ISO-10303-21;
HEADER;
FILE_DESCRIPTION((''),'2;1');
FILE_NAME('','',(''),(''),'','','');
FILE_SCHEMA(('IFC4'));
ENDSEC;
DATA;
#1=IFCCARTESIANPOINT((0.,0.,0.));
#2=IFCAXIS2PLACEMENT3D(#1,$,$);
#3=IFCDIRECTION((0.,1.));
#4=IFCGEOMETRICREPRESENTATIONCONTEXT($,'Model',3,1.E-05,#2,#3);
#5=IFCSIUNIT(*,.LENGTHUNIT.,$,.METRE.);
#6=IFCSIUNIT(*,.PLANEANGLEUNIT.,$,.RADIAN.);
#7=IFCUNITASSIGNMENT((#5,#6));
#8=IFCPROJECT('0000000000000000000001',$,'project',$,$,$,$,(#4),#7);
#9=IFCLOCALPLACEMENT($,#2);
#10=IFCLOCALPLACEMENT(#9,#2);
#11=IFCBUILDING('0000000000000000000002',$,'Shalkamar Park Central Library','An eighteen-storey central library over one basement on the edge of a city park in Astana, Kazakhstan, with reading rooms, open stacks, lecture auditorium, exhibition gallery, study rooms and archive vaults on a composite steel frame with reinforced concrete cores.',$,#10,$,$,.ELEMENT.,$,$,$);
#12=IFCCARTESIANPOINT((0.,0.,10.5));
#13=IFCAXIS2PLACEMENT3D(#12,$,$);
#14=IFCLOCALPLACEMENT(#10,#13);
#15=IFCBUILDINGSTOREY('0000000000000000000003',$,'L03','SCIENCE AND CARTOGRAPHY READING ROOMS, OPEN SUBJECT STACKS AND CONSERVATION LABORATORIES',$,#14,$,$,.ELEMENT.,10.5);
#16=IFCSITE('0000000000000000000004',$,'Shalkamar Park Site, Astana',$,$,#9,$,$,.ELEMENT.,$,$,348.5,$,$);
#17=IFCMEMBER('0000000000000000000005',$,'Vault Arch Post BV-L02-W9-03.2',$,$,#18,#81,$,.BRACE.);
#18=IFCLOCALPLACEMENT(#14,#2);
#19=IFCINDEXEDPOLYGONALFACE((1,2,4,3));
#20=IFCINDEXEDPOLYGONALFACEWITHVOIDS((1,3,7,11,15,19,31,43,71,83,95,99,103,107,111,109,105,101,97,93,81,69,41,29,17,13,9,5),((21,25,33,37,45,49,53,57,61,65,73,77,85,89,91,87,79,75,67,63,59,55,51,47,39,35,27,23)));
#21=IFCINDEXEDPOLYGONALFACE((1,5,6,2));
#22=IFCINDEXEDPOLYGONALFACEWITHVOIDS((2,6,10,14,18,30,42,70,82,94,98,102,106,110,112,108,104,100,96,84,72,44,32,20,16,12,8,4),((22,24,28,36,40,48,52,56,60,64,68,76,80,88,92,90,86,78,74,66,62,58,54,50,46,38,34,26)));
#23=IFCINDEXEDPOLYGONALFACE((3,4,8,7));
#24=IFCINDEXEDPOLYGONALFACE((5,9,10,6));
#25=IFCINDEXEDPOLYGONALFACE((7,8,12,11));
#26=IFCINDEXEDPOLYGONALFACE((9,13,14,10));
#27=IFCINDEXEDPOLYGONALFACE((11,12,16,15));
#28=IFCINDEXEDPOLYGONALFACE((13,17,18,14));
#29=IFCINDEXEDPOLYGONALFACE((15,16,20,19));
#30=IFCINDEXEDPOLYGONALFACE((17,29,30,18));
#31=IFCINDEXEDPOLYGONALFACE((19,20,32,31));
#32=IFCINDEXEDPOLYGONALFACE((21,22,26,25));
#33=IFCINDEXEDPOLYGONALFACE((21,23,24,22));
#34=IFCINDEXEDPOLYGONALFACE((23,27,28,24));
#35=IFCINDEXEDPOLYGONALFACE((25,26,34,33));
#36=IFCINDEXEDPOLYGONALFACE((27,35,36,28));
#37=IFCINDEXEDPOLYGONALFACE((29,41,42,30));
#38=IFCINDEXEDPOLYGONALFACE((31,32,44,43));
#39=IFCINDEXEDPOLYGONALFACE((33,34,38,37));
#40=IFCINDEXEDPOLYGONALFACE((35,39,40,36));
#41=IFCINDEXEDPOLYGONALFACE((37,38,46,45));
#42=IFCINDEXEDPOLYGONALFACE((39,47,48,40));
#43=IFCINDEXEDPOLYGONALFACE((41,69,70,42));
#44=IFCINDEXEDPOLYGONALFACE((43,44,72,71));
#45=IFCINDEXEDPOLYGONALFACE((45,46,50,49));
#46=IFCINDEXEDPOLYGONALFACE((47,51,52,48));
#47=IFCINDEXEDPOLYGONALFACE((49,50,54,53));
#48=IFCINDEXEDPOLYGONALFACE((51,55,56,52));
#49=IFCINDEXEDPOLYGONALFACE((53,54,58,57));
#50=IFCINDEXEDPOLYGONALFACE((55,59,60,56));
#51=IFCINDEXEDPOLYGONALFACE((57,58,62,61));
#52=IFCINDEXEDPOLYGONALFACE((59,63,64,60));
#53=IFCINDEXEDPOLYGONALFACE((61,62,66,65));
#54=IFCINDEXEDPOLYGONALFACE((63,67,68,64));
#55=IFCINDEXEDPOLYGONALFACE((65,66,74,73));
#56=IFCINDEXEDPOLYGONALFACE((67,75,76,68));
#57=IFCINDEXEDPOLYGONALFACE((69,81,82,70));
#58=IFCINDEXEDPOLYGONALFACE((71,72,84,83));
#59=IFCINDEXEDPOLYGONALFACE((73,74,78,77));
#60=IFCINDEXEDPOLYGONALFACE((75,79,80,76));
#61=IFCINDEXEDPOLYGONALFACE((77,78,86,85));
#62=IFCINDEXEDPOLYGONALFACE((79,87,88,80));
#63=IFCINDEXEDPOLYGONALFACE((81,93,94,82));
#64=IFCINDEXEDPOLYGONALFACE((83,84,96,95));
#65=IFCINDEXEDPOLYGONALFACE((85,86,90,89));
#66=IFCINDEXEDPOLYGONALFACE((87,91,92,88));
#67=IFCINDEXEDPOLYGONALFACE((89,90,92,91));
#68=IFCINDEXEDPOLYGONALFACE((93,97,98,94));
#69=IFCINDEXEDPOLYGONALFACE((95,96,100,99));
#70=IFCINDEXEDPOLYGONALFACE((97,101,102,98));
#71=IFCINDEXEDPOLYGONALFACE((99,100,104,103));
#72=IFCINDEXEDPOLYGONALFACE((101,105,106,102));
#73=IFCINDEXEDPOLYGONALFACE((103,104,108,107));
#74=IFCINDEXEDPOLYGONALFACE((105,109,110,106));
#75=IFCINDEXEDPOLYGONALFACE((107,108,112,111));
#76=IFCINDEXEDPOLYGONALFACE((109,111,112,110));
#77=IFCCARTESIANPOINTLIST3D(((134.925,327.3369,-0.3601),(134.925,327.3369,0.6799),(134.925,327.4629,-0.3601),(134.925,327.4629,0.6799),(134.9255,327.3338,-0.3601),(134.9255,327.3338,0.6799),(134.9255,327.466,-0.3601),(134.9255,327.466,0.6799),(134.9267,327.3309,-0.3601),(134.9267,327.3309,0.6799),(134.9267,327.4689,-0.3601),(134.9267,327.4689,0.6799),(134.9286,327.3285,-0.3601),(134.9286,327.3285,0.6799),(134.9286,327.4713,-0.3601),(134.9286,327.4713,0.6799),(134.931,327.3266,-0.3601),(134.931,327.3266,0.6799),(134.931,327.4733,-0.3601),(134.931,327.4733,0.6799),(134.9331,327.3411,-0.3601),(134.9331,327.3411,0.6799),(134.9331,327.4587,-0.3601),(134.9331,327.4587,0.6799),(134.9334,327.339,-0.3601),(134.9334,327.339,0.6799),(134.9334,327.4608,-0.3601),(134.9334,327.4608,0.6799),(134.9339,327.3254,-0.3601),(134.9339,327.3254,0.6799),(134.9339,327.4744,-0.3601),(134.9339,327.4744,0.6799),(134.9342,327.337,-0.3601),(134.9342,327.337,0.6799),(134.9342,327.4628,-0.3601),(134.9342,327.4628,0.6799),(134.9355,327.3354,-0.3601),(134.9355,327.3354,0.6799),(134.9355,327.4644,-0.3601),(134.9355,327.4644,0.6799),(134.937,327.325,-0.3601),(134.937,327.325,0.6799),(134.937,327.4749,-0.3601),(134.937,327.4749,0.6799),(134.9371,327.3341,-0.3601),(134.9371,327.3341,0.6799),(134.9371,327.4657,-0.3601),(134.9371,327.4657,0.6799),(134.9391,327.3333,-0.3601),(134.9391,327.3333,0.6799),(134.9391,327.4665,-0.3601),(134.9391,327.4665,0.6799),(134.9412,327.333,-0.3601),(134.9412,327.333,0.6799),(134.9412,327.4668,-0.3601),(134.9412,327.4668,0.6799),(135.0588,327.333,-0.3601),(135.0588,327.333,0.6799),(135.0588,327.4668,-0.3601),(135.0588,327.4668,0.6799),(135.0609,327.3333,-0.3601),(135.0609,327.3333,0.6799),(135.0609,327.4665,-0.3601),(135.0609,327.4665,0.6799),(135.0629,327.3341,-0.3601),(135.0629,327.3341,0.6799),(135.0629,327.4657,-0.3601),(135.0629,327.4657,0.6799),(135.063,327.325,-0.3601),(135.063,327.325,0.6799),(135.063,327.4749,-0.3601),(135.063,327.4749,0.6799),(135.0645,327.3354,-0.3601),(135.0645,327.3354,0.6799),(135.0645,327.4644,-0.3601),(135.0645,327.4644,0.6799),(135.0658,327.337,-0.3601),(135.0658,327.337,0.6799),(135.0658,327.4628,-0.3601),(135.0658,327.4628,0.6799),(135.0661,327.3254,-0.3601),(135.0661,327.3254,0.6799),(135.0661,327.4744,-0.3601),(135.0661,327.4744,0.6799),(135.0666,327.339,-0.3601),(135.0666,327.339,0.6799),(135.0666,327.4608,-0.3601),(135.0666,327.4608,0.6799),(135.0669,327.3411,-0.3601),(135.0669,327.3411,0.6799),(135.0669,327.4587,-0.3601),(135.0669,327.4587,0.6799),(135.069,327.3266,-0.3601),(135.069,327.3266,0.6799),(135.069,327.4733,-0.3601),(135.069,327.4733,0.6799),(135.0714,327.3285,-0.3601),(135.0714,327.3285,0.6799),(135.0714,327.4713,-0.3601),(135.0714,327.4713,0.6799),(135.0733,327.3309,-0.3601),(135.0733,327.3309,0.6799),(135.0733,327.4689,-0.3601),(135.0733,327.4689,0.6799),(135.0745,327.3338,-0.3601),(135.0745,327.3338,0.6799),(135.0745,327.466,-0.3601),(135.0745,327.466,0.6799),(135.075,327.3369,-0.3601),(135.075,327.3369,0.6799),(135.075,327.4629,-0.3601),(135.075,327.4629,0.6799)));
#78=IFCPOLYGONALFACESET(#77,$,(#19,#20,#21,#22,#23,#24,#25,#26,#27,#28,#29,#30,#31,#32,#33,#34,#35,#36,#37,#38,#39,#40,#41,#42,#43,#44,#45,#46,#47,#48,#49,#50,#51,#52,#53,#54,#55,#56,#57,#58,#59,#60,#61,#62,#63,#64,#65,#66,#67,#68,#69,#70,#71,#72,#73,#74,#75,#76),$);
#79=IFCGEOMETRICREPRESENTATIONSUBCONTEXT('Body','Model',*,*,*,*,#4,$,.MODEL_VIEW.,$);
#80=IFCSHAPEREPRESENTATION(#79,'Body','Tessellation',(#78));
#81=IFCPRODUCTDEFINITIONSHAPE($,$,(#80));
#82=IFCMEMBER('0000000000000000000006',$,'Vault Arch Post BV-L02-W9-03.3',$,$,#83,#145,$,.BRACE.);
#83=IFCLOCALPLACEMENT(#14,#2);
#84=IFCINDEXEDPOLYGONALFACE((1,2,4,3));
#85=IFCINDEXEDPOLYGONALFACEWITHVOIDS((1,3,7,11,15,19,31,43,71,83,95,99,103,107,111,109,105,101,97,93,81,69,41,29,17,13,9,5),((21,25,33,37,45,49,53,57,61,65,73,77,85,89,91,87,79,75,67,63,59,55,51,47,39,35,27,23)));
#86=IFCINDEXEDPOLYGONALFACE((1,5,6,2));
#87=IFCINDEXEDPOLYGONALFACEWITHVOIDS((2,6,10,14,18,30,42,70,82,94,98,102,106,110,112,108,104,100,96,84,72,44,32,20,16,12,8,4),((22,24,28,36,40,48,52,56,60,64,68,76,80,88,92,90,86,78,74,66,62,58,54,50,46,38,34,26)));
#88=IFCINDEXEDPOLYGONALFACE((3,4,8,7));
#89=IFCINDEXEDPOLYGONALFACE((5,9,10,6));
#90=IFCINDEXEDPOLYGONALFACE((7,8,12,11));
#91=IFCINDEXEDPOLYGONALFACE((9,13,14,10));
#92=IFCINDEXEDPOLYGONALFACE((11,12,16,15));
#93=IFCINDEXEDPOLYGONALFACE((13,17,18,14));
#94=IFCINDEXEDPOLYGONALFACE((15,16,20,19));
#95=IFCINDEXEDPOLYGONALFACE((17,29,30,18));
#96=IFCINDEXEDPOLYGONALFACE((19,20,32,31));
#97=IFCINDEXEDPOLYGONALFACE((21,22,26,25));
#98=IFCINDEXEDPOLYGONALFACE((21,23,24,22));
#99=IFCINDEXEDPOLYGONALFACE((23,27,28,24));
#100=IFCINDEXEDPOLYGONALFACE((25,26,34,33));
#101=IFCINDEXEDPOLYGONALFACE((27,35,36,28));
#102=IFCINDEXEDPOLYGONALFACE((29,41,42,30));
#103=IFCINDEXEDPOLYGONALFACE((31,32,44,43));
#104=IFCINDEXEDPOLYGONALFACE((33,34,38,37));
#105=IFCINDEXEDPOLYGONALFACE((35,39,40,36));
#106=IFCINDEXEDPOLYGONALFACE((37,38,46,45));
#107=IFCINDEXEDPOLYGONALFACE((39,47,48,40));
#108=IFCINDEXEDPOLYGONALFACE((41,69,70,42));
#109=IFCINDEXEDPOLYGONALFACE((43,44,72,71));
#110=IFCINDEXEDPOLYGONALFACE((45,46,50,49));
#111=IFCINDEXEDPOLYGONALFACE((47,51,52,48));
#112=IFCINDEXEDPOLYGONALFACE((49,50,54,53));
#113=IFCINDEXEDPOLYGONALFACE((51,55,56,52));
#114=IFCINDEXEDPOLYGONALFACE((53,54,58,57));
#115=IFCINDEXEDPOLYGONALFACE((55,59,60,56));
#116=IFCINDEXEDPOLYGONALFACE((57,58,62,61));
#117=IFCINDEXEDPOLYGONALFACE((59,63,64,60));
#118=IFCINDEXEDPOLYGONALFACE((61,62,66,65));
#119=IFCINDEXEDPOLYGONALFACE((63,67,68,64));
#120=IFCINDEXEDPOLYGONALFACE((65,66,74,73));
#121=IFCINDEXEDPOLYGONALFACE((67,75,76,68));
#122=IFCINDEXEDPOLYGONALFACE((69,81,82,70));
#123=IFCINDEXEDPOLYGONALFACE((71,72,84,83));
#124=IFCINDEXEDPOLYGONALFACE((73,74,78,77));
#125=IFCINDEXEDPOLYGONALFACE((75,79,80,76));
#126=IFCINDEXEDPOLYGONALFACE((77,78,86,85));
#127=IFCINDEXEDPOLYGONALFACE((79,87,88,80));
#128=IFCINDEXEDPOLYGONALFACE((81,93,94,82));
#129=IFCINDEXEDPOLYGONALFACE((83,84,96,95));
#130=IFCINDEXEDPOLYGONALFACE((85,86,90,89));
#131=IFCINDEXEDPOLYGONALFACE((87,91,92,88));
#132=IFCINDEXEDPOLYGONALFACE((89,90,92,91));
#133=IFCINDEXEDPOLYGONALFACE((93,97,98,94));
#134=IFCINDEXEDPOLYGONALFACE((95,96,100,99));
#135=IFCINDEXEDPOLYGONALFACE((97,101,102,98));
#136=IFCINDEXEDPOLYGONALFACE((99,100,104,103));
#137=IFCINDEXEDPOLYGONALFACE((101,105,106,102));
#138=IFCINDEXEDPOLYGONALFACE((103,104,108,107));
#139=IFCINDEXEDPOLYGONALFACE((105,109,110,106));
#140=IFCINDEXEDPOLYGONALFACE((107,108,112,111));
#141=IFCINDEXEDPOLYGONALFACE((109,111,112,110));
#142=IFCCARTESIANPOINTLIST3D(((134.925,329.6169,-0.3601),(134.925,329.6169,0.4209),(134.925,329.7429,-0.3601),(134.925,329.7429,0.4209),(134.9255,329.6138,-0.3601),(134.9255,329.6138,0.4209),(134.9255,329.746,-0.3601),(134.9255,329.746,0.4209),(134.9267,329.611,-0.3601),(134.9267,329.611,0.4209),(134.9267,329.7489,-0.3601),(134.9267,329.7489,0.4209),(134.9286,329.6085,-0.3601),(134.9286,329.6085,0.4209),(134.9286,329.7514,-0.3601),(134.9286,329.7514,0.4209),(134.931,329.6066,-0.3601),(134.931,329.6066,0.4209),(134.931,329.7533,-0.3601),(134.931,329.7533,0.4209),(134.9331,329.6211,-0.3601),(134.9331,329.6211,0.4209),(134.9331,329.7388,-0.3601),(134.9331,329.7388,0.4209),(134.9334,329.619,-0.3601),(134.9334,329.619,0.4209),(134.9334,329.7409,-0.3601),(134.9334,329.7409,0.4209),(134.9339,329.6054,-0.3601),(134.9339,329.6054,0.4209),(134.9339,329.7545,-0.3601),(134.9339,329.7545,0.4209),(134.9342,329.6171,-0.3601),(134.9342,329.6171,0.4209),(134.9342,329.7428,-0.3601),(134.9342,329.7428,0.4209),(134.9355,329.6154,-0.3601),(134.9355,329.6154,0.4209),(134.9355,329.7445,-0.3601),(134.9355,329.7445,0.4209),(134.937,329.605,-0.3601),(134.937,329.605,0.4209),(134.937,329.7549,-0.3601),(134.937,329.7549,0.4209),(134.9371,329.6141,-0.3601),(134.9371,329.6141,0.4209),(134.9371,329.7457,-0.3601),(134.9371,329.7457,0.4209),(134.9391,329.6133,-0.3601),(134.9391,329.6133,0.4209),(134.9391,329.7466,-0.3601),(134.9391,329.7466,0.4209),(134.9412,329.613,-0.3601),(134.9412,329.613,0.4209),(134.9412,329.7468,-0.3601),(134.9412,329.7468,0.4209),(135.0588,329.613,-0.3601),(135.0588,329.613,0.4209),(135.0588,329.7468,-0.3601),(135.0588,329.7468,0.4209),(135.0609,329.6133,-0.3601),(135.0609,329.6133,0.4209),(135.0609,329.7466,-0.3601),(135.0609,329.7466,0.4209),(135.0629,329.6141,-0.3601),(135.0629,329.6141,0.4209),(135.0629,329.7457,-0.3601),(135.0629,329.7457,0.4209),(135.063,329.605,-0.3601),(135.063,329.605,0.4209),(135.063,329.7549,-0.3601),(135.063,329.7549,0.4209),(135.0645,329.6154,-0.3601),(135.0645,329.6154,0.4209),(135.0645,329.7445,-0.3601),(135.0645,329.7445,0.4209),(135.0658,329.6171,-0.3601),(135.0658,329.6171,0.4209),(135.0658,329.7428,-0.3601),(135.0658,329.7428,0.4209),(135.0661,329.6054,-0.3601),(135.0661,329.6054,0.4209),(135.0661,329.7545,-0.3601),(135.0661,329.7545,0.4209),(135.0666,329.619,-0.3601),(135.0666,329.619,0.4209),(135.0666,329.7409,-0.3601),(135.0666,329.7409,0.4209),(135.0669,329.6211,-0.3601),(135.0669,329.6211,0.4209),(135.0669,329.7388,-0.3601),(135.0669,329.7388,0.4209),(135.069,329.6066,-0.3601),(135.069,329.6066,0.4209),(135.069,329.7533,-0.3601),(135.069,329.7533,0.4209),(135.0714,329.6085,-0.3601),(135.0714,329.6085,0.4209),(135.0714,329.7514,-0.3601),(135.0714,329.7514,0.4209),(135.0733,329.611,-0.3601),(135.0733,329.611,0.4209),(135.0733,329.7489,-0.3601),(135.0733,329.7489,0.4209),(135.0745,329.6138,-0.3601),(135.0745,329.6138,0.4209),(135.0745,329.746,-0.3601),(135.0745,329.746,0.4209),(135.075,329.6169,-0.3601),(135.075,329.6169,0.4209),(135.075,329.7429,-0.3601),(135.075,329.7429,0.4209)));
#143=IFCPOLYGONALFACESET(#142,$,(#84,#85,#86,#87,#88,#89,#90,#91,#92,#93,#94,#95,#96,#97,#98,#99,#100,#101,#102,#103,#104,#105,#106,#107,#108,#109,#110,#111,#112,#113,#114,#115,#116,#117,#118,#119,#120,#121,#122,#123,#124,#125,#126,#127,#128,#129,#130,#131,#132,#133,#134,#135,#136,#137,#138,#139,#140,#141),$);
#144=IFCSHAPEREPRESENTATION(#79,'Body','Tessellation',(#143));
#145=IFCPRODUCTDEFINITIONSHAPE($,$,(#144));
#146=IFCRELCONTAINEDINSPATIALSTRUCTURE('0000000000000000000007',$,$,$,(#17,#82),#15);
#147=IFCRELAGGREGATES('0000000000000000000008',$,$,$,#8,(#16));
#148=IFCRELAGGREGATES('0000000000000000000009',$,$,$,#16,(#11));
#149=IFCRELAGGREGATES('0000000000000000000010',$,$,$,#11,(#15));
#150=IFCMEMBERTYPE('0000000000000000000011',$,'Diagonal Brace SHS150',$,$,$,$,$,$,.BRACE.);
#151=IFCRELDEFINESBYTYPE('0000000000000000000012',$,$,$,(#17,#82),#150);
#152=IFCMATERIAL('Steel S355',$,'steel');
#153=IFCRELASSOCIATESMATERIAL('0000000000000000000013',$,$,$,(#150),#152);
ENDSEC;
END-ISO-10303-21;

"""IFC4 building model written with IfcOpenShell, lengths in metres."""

from ifc_helpers import new_model, si_unit, direction, frame, origin, origin_2d, place, context, subcontext, project, spatial, hollow_rectangle, extrude, material, material_profile, profile_set, type_object, element, save


model = new_model("IFC4")

# Units and contexts
model_context = context("Model", 3, precision=1e-05, world=origin(), true_north=direction((0.0, 1.0)))
body_context = subcontext(model_context, "Body", "Model", "MODEL_VIEW")
ifc_project = project(units=[si_unit("LENGTHUNIT", "METRE"), si_unit("PLANEANGLEUNIT", "RADIAN")], contexts=[model_context])

# Site, building, storey
site_placement = place(None, origin())
site = spatial("IfcSite", under=ifc_project, at=site_placement, Name="Shalkamar Park Site, Astana", CompositionType="ELEMENT", RefElevation=348.5)
building_placement = place(site_placement, origin())
building = spatial("IfcBuilding", under=site, at=building_placement, Name="Shalkamar Park Central Library", Description="An eighteen-storey central library over one basement on the edge of a city park in Astana, Kazakhstan, with reading rooms, open stacks, lecture auditorium, exhibition gallery, study rooms and archive vaults on a composite steel frame with reinforced concrete cores.", CompositionType="ELEMENT")
storey_placement = place(building_placement, frame((0.0, 0.0, 10.5)))
storey = spatial("IfcBuildingStorey", under=building, at=storey_placement, Name="L03", Description="SCIENCE AND CARTOGRAPHY READING ROOMS, OPEN SUBJECT STACKS AND CONSERVATION LABORATORIES", CompositionType="ELEMENT", Elevation=10.5)

# Members
ifc_material_1 = material(Name="Steel S355", Category="steel")
ifc_material_profile_1 = material_profile(ifc_material_1, hollow_rectangle(XDim=0.1499, YDim=0.1499, WallThickness=0.0081, InnerFilletRadius=0.0081, OuterFilletRadius=0.012, at=origin_2d()), Name="SHS 150x150x8")
ifc_profile_set_1 = profile_set([ifc_material_profile_1], Name="Steel S355")
member_type_1 = type_object("IfcMemberType", Name="Diagonal Brace SHS150", PredefinedType="BRACE", material=ifc_profile_set_1)
member_1_placement = place(storey_placement, frame((135.0, 327.3999, -0.3601), z_axis=(0.0, 0.0, 1.0), x_axis=(1.0, 0.0, 0.0)))
element("IfcMember", 1, at=member_1_placement, inside=storey, type_object=member_type_1, Name="Vault Arch Post BV-L02-W9-03.2", PredefinedType="BRACE", context=body_context, shape_type="SweptSolid", body=[
    extrude(hollow_rectangle(XDim=0.1499, YDim=0.1499, WallThickness=0.0081, InnerFilletRadius=0.0081, OuterFilletRadius=0.012, at=origin_2d()), origin(), (0.0, 0.0, 1.0), 1.04),
])
member_2_placement = place(storey_placement, frame((135.0, 329.6799, -0.3601), z_axis=(0.0, 0.0, 1.0), x_axis=(1.0, 0.0, 0.0)))
element("IfcMember", 2, at=member_2_placement, inside=storey, type_object=member_type_1, Name="Vault Arch Post BV-L02-W9-03.3", PredefinedType="BRACE", context=body_context, shape_type="SweptSolid", body=[
    extrude(hollow_rectangle(XDim=0.1499, YDim=0.1499, WallThickness=0.0081, InnerFilletRadius=0.0081, OuterFilletRadius=0.012, at=origin_2d()), origin(), (0.0, 0.0, 1.0), 0.781),
])

save(model, "model.ifc")
